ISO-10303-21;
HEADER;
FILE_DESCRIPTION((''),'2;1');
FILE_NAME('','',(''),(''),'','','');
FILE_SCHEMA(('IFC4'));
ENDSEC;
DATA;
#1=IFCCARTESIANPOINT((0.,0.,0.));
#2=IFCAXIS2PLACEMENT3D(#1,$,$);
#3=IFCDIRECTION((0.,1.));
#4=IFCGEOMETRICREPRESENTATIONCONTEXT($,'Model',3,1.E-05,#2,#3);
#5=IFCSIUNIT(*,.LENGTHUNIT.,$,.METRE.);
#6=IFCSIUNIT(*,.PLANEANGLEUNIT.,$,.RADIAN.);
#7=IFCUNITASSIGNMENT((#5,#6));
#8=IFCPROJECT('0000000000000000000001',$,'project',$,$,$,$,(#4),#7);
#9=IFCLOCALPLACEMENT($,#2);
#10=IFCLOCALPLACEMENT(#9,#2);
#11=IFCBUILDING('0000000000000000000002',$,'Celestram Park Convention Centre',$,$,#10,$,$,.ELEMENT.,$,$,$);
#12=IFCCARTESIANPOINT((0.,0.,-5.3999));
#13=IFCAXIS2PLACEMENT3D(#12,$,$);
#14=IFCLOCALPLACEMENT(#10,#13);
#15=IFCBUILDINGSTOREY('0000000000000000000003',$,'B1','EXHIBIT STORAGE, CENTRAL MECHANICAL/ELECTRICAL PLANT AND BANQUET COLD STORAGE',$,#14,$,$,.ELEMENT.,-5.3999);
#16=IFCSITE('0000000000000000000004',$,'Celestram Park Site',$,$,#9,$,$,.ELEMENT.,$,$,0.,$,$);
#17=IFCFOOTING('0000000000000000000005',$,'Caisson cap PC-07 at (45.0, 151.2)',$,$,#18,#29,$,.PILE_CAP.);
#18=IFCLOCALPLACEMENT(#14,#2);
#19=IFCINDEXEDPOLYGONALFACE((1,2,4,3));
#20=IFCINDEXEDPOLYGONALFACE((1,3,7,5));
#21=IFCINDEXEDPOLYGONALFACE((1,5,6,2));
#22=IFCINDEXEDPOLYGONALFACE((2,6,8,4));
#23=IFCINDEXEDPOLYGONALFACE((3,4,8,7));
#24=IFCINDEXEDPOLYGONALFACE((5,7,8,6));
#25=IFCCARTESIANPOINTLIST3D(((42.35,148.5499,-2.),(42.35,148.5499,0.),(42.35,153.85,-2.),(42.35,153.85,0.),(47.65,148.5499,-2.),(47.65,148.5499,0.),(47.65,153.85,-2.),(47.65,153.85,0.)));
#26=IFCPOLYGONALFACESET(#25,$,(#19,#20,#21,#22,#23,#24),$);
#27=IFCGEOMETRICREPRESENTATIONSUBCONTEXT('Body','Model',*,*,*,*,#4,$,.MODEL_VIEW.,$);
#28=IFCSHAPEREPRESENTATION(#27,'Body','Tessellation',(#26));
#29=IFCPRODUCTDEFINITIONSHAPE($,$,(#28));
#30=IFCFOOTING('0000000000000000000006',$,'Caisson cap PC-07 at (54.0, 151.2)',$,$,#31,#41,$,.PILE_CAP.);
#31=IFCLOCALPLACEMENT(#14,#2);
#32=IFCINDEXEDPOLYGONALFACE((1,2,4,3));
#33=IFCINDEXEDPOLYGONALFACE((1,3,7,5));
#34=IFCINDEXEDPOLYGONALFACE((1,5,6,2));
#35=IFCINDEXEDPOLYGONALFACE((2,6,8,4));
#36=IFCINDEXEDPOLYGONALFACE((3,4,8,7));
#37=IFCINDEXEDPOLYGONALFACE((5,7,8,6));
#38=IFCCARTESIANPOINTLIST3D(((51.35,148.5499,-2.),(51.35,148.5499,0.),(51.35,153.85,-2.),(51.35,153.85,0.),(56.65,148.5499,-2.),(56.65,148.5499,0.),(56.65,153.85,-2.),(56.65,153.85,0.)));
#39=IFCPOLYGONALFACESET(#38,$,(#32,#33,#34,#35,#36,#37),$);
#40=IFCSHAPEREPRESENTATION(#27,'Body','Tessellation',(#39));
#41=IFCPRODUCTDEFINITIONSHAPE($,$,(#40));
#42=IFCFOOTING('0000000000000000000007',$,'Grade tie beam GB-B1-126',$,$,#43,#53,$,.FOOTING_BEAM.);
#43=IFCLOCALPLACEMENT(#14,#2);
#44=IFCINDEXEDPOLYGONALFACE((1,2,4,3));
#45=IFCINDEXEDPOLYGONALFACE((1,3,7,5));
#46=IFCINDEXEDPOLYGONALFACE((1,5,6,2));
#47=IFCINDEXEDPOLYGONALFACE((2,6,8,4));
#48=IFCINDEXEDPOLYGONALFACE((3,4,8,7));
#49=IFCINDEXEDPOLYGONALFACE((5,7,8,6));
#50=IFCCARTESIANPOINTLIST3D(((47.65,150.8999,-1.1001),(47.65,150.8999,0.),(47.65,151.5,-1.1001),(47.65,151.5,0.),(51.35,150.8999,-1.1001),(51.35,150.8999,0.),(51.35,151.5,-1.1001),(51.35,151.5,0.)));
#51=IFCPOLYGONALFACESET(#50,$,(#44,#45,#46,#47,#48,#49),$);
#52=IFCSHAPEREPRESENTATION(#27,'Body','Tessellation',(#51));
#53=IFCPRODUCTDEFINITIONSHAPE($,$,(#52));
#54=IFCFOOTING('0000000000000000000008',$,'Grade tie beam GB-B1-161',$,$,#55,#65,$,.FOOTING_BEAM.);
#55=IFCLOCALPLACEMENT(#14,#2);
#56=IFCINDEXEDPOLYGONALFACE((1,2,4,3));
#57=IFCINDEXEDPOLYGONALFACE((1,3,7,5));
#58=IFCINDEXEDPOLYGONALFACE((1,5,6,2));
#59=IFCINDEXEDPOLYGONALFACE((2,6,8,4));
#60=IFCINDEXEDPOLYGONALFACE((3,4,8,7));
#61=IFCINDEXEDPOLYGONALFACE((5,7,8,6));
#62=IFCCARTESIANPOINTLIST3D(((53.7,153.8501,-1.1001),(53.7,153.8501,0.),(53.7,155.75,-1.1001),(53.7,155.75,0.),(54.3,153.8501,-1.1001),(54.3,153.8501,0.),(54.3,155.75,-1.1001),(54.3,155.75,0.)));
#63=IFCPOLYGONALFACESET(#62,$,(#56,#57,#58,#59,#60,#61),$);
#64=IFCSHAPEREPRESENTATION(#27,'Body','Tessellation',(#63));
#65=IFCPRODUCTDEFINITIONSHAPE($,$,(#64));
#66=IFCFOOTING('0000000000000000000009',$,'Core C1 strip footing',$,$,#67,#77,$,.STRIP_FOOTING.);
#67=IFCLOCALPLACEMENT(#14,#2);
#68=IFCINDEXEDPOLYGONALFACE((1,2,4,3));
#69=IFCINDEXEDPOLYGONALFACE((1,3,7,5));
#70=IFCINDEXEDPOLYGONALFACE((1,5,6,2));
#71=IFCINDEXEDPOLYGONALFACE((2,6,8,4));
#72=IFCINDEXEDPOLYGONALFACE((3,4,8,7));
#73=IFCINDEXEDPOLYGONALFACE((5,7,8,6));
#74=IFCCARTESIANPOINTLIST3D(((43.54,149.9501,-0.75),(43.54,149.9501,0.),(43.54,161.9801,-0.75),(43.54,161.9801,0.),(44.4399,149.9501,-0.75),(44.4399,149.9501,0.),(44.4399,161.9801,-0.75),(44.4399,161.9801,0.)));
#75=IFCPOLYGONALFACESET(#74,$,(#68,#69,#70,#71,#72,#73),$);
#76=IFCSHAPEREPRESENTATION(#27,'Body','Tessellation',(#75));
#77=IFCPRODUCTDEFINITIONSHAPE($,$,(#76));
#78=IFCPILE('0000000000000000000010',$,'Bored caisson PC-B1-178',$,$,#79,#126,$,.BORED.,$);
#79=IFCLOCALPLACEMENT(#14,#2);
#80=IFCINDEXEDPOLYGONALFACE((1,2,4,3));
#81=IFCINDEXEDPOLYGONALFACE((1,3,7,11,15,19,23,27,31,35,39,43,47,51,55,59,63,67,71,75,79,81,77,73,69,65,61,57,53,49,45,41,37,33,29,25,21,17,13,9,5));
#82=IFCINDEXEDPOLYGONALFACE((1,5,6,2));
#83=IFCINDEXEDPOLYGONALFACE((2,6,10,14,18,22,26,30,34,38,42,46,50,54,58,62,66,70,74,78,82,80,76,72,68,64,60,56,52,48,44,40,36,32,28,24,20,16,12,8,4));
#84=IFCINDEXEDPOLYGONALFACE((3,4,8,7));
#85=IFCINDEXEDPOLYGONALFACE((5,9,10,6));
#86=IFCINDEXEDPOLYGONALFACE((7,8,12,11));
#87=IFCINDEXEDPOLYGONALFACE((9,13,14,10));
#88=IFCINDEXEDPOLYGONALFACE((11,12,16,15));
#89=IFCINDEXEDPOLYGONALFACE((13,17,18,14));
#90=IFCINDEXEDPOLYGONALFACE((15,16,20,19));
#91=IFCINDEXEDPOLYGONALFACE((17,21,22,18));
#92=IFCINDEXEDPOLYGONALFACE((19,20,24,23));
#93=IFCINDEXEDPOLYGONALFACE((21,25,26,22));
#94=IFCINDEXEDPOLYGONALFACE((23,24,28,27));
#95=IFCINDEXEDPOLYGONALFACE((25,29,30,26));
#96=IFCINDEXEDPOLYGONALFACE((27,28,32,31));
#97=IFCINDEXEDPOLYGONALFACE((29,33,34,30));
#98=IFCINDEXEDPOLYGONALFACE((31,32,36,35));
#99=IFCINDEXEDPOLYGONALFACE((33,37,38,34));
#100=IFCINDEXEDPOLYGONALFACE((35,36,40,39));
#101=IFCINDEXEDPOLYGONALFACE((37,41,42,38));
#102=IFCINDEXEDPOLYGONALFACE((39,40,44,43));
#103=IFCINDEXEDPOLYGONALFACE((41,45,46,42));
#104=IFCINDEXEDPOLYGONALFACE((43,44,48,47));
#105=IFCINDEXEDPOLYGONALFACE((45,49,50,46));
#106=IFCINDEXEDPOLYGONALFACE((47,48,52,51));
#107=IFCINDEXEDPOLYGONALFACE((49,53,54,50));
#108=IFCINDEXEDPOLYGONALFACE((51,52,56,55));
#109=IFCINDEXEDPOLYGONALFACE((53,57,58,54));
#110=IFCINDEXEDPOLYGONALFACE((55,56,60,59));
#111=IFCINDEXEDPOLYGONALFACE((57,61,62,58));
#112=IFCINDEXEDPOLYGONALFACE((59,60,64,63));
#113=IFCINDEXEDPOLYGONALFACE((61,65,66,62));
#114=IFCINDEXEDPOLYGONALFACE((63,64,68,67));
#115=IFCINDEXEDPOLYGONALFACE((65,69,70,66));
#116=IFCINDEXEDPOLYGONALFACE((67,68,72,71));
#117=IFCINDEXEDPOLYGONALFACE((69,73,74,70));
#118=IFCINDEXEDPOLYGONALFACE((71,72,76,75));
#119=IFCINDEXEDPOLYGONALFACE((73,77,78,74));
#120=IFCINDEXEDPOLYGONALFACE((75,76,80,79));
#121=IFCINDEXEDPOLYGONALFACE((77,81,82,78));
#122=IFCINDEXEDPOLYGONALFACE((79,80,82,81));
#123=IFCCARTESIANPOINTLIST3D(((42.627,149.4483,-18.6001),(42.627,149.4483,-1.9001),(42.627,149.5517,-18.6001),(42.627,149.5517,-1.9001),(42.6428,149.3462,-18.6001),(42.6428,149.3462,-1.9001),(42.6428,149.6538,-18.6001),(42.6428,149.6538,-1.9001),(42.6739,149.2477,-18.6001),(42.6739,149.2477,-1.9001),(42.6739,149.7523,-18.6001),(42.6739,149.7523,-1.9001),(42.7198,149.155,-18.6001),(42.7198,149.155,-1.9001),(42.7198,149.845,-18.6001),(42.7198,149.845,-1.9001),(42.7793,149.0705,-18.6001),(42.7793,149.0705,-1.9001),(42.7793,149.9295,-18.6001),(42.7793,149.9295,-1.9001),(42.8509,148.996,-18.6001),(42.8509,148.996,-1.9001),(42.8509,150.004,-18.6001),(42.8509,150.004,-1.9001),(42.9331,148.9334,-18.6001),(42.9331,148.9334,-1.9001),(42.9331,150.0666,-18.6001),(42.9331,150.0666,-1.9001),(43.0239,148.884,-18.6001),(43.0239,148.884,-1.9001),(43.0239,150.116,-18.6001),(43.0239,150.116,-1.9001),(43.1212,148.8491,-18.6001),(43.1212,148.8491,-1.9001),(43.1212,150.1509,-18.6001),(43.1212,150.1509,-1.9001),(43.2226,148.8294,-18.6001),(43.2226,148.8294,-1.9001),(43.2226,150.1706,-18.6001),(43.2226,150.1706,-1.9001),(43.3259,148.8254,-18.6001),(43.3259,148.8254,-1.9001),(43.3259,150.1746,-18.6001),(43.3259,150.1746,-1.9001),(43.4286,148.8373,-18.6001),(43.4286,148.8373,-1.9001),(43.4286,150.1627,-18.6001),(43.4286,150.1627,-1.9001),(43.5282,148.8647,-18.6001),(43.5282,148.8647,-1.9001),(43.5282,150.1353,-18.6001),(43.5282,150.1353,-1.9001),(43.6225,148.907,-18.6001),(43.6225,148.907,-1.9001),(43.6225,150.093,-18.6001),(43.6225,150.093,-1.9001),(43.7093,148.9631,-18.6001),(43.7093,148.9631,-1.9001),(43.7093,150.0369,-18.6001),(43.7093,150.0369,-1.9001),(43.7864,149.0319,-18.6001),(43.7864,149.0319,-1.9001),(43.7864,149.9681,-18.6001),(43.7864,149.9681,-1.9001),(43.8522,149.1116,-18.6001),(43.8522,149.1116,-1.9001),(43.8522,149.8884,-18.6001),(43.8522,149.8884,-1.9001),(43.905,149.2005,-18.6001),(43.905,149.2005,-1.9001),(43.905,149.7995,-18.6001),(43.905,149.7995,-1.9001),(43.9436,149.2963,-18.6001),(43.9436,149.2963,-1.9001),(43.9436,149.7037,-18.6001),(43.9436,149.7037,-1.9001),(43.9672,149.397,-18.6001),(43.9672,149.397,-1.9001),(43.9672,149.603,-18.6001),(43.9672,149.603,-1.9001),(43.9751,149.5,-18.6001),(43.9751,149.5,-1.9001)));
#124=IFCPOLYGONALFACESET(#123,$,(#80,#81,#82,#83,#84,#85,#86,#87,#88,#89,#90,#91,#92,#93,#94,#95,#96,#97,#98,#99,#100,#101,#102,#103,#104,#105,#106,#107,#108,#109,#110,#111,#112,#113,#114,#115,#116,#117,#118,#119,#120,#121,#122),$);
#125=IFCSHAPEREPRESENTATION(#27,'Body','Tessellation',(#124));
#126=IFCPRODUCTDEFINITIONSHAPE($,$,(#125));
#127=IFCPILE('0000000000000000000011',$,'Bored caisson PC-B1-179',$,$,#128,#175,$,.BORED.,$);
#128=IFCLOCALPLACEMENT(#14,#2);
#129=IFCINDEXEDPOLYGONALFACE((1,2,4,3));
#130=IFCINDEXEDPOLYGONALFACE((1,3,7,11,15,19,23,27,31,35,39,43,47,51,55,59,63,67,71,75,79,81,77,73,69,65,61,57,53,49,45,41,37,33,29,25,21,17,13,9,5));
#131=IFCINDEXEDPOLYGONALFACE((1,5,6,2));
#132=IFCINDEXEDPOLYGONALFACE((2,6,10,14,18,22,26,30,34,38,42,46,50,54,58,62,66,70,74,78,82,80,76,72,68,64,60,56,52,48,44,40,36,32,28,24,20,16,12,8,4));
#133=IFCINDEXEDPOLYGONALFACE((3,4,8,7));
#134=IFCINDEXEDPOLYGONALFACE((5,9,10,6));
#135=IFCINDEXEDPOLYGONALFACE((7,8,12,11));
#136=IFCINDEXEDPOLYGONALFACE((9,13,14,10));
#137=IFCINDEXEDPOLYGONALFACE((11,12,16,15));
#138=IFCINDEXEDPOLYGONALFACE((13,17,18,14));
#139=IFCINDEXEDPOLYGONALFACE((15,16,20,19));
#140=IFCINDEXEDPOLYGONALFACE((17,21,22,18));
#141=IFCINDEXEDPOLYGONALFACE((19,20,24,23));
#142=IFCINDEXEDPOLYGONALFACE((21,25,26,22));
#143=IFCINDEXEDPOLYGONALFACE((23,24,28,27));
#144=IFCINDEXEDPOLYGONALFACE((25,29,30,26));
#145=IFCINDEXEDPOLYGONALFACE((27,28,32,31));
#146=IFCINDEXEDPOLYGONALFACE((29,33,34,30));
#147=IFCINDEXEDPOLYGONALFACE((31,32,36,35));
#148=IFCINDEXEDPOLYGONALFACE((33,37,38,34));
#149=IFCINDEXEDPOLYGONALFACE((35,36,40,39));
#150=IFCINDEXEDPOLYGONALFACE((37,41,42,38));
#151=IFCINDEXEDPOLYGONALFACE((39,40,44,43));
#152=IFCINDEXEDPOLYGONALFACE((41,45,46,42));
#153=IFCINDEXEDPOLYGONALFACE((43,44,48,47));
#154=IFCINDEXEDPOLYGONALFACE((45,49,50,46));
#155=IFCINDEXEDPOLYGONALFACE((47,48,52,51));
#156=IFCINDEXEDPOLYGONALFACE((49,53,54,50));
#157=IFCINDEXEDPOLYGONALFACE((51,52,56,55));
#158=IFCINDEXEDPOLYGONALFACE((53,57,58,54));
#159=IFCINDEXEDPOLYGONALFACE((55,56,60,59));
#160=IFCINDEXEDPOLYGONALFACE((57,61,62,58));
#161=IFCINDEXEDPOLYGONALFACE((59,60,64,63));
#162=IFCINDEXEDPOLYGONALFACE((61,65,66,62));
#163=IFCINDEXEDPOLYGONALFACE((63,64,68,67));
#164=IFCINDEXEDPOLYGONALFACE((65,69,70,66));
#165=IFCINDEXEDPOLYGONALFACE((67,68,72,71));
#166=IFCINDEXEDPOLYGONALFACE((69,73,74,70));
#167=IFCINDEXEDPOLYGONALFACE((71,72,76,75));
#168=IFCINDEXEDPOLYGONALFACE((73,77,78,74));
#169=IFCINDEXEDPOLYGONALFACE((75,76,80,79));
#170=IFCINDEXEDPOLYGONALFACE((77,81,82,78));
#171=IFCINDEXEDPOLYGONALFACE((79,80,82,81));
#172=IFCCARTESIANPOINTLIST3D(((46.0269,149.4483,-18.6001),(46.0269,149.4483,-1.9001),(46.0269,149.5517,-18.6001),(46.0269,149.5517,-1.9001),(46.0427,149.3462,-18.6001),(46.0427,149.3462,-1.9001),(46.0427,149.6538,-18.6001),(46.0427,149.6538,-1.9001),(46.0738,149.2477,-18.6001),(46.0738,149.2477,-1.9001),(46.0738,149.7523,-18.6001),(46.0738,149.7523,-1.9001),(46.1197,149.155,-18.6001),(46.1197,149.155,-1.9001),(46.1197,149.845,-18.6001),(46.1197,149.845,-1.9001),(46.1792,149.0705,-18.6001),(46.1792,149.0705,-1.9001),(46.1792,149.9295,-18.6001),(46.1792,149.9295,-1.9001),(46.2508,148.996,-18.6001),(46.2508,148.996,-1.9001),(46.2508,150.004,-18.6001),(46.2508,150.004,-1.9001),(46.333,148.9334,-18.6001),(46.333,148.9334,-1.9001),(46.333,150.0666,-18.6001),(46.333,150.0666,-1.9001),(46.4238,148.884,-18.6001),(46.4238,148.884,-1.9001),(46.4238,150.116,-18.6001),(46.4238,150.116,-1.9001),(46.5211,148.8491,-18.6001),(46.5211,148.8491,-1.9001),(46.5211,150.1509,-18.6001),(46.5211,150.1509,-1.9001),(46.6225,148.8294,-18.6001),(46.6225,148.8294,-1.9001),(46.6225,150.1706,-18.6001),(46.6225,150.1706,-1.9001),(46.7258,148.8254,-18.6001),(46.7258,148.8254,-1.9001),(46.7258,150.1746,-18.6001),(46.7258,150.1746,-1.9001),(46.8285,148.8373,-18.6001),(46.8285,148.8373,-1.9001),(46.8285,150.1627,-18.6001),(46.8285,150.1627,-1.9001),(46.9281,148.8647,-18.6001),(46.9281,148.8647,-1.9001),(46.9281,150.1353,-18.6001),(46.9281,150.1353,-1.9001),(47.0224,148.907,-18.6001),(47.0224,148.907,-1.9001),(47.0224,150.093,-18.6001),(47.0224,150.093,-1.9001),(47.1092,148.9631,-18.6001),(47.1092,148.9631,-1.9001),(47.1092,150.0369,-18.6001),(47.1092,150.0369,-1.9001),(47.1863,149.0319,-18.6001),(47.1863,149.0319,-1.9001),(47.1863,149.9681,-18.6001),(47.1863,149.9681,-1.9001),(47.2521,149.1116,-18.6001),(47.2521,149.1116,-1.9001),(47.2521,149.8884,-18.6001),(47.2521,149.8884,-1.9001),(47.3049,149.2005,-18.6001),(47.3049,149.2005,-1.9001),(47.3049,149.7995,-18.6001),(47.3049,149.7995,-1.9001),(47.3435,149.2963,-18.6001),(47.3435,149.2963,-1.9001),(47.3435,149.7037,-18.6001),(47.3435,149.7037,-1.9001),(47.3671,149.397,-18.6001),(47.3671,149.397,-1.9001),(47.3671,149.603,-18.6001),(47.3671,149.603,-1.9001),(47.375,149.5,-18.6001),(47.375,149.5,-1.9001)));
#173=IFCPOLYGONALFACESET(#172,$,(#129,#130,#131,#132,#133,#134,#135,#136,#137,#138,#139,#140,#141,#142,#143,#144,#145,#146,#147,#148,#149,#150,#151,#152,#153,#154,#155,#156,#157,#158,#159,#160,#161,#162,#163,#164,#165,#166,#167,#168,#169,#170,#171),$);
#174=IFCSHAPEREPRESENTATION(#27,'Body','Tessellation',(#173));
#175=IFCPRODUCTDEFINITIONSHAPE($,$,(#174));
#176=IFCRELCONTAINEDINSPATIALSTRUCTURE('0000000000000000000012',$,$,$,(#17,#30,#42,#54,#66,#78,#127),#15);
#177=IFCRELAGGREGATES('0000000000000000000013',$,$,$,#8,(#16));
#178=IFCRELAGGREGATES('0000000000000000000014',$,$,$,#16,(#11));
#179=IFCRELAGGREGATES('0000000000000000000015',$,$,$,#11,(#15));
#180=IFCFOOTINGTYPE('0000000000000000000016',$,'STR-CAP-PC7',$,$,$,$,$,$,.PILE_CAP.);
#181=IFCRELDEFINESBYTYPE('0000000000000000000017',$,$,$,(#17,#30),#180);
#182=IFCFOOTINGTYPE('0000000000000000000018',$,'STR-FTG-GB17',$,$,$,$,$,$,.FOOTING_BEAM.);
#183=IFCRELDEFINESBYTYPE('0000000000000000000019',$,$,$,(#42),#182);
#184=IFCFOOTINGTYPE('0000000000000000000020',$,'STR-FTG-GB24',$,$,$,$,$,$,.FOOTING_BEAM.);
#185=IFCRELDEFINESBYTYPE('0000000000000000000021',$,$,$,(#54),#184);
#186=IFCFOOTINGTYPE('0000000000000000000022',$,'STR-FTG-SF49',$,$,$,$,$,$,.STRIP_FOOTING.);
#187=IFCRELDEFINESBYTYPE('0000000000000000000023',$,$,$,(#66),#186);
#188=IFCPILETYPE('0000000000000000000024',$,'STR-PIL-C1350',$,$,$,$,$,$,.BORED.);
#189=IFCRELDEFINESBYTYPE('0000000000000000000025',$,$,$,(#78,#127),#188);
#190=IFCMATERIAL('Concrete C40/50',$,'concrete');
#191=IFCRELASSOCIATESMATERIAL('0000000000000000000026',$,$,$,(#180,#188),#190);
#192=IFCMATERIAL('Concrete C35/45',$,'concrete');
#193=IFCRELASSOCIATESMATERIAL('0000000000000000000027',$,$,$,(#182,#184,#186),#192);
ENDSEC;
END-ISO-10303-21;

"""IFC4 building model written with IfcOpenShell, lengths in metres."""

from ifc_helpers import new_model, si_unit, direction, frame, origin, origin_2d, place, context, subcontext, project, spatial, rectangle, circle, extrude, material, material_profile, profile_set, type_object, element, save


model = new_model("IFC4")

# Units and contexts
model_context = context("Model", 3, precision=1e-05, world=origin(), true_north=direction((0.0, 1.0)))
body_context = subcontext(model_context, "Body", "Model", "MODEL_VIEW")
ifc_project = project(units=[si_unit("LENGTHUNIT", "METRE"), si_unit("PLANEANGLEUNIT", "RADIAN")], contexts=[model_context])

# Site, building, storey
site_placement = place(None, origin())
site = spatial("IfcSite", under=ifc_project, at=site_placement, Name="Celestram Park Site", CompositionType="ELEMENT", RefElevation=0.0)
building_placement = place(site_placement, origin())
building = spatial("IfcBuilding", under=site, at=building_placement, Name="Celestram Park Convention Centre", CompositionType="ELEMENT")
storey_placement = place(building_placement, frame((0.0, 0.0, -5.3999)))
storey = spatial("IfcBuildingStorey", under=building, at=storey_placement, Name="B1", Description="EXHIBIT STORAGE, CENTRAL MECHANICAL/ELECTRICAL PLANT AND BANQUET COLD STORAGE", CompositionType="ELEMENT", Elevation=-5.3999)

# Footings
ifc_material_1 = material(Name="Concrete C40/50", Category="concrete")
footing_type_1 = type_object("IfcFootingType", Name="STR-CAP-PC7", PredefinedType="PILE_CAP", material=ifc_material_1)
for number, where, z_axis, x_axis, name in (
    (1, (45.0, 151.2, -2.0), (0.0, 0.0, 1.0), (1.0, 0.0, 0.0), "Caisson cap PC-07 at (45.0, 151.2)"),
    (2, (54.0, 151.2, -2.0), (0.0, 0.0, 1.0), (1.0, 0.0, 0.0), "Caisson cap PC-07 at (54.0, 151.2)"),
):
    element("IfcFooting", number, at=place(storey_placement, frame(where, z_axis=z_axis, x_axis=x_axis)), inside=storey, type_object=footing_type_1, Name=name, PredefinedType="PILE_CAP", context=body_context, shape_type="SweptSolid", body=[
        extrude(rectangle(XDim=5.3, YDim=5.3, at=origin_2d()), origin(), (0.0, 0.0, 1.0), 2.0),
    ])
ifc_material_2 = material(Name="Concrete C35/45", Category="concrete")
footing_type_2 = type_object("IfcFootingType", Name="STR-FTG-GB17", PredefinedType="FOOTING_BEAM", material=ifc_material_2)
footing_1_placement = place(storey_placement, frame((49.5, 151.2, -1.1001), z_axis=(0.0, 0.0, 1.0), x_axis=(1.0, 0.0, 0.0)))
element("IfcFooting", 3, at=footing_1_placement, inside=storey, type_object=footing_type_2, Name="Grade tie beam GB-B1-126", PredefinedType="FOOTING_BEAM", context=body_context, shape_type="SweptSolid", body=[
    extrude(rectangle(XDim=3.7, YDim=0.6001, at=origin_2d()), origin(), (0.0, 0.0, 1.0), 1.1001),
])
footing_type_3 = type_object("IfcFootingType", Name="STR-FTG-GB24", PredefinedType="FOOTING_BEAM", material=ifc_material_2)
footing_2_placement = place(storey_placement, frame((54.0, 154.8, -1.1001), z_axis=(0.0, 0.0, 1.0), x_axis=(0.0, 1.0, 0.0)))
element("IfcFooting", 4, at=footing_2_placement, inside=storey, type_object=footing_type_3, Name="Grade tie beam GB-B1-161", PredefinedType="FOOTING_BEAM", context=body_context, shape_type="SweptSolid", body=[
    extrude(rectangle(XDim=1.8999, YDim=0.6001, at=origin_2d()), origin(), (0.0, 0.0, 1.0), 1.1001),
])
footing_type_4 = type_object("IfcFootingType", Name="STR-FTG-SF49", PredefinedType="STRIP_FOOTING", material=ifc_material_2)
footing_3_placement = place(storey_placement, frame((43.99, 155.9651, -0.75), z_axis=(0.0, 0.0, 1.0), x_axis=(0.0, 1.0, 0.0)))
element("IfcFooting", 5, at=footing_3_placement, inside=storey, type_object=footing_type_4, Name="Core C1 strip footing", PredefinedType="STRIP_FOOTING", context=body_context, shape_type="SweptSolid", body=[
    extrude(rectangle(XDim=12.03, YDim=0.8999, at=origin_2d()), origin(), (0.0, 0.0, 1.0), 0.75),
])

# Piles
ifc_material_profile_1 = material_profile(ifc_material_1, circle(Radius=0.675, at=origin_2d()), Name="CAISSON1350")
ifc_profile_set_1 = profile_set([ifc_material_profile_1], Name="Concrete C40/50")
pile_type = type_object("IfcPileType", Name="STR-PIL-C1350", PredefinedType="BORED", material=ifc_profile_set_1)
for number, where, z_axis, x_axis, name in (
    (6, (43.3, 149.5, -1.9001), (0.0, 0.0, -1.0), (1.0, 0.0, 0.0), "Bored caisson PC-B1-178"),
    (7, (46.7, 149.5, -1.9001), (0.0, 0.0, -1.0), (1.0, 0.0, 0.0), "Bored caisson PC-B1-179"),
):
    element("IfcPile", number, at=place(storey_placement, frame(where, z_axis=z_axis, x_axis=x_axis)), inside=storey, type_object=pile_type, Name=name, PredefinedType="BORED", context=body_context, shape_type="SweptSolid", body=[
        extrude(circle(Radius=0.675, at=origin_2d()), origin(), (0.0, 0.0, 1.0), 16.7),
    ])

save(model, "model.ifc")
